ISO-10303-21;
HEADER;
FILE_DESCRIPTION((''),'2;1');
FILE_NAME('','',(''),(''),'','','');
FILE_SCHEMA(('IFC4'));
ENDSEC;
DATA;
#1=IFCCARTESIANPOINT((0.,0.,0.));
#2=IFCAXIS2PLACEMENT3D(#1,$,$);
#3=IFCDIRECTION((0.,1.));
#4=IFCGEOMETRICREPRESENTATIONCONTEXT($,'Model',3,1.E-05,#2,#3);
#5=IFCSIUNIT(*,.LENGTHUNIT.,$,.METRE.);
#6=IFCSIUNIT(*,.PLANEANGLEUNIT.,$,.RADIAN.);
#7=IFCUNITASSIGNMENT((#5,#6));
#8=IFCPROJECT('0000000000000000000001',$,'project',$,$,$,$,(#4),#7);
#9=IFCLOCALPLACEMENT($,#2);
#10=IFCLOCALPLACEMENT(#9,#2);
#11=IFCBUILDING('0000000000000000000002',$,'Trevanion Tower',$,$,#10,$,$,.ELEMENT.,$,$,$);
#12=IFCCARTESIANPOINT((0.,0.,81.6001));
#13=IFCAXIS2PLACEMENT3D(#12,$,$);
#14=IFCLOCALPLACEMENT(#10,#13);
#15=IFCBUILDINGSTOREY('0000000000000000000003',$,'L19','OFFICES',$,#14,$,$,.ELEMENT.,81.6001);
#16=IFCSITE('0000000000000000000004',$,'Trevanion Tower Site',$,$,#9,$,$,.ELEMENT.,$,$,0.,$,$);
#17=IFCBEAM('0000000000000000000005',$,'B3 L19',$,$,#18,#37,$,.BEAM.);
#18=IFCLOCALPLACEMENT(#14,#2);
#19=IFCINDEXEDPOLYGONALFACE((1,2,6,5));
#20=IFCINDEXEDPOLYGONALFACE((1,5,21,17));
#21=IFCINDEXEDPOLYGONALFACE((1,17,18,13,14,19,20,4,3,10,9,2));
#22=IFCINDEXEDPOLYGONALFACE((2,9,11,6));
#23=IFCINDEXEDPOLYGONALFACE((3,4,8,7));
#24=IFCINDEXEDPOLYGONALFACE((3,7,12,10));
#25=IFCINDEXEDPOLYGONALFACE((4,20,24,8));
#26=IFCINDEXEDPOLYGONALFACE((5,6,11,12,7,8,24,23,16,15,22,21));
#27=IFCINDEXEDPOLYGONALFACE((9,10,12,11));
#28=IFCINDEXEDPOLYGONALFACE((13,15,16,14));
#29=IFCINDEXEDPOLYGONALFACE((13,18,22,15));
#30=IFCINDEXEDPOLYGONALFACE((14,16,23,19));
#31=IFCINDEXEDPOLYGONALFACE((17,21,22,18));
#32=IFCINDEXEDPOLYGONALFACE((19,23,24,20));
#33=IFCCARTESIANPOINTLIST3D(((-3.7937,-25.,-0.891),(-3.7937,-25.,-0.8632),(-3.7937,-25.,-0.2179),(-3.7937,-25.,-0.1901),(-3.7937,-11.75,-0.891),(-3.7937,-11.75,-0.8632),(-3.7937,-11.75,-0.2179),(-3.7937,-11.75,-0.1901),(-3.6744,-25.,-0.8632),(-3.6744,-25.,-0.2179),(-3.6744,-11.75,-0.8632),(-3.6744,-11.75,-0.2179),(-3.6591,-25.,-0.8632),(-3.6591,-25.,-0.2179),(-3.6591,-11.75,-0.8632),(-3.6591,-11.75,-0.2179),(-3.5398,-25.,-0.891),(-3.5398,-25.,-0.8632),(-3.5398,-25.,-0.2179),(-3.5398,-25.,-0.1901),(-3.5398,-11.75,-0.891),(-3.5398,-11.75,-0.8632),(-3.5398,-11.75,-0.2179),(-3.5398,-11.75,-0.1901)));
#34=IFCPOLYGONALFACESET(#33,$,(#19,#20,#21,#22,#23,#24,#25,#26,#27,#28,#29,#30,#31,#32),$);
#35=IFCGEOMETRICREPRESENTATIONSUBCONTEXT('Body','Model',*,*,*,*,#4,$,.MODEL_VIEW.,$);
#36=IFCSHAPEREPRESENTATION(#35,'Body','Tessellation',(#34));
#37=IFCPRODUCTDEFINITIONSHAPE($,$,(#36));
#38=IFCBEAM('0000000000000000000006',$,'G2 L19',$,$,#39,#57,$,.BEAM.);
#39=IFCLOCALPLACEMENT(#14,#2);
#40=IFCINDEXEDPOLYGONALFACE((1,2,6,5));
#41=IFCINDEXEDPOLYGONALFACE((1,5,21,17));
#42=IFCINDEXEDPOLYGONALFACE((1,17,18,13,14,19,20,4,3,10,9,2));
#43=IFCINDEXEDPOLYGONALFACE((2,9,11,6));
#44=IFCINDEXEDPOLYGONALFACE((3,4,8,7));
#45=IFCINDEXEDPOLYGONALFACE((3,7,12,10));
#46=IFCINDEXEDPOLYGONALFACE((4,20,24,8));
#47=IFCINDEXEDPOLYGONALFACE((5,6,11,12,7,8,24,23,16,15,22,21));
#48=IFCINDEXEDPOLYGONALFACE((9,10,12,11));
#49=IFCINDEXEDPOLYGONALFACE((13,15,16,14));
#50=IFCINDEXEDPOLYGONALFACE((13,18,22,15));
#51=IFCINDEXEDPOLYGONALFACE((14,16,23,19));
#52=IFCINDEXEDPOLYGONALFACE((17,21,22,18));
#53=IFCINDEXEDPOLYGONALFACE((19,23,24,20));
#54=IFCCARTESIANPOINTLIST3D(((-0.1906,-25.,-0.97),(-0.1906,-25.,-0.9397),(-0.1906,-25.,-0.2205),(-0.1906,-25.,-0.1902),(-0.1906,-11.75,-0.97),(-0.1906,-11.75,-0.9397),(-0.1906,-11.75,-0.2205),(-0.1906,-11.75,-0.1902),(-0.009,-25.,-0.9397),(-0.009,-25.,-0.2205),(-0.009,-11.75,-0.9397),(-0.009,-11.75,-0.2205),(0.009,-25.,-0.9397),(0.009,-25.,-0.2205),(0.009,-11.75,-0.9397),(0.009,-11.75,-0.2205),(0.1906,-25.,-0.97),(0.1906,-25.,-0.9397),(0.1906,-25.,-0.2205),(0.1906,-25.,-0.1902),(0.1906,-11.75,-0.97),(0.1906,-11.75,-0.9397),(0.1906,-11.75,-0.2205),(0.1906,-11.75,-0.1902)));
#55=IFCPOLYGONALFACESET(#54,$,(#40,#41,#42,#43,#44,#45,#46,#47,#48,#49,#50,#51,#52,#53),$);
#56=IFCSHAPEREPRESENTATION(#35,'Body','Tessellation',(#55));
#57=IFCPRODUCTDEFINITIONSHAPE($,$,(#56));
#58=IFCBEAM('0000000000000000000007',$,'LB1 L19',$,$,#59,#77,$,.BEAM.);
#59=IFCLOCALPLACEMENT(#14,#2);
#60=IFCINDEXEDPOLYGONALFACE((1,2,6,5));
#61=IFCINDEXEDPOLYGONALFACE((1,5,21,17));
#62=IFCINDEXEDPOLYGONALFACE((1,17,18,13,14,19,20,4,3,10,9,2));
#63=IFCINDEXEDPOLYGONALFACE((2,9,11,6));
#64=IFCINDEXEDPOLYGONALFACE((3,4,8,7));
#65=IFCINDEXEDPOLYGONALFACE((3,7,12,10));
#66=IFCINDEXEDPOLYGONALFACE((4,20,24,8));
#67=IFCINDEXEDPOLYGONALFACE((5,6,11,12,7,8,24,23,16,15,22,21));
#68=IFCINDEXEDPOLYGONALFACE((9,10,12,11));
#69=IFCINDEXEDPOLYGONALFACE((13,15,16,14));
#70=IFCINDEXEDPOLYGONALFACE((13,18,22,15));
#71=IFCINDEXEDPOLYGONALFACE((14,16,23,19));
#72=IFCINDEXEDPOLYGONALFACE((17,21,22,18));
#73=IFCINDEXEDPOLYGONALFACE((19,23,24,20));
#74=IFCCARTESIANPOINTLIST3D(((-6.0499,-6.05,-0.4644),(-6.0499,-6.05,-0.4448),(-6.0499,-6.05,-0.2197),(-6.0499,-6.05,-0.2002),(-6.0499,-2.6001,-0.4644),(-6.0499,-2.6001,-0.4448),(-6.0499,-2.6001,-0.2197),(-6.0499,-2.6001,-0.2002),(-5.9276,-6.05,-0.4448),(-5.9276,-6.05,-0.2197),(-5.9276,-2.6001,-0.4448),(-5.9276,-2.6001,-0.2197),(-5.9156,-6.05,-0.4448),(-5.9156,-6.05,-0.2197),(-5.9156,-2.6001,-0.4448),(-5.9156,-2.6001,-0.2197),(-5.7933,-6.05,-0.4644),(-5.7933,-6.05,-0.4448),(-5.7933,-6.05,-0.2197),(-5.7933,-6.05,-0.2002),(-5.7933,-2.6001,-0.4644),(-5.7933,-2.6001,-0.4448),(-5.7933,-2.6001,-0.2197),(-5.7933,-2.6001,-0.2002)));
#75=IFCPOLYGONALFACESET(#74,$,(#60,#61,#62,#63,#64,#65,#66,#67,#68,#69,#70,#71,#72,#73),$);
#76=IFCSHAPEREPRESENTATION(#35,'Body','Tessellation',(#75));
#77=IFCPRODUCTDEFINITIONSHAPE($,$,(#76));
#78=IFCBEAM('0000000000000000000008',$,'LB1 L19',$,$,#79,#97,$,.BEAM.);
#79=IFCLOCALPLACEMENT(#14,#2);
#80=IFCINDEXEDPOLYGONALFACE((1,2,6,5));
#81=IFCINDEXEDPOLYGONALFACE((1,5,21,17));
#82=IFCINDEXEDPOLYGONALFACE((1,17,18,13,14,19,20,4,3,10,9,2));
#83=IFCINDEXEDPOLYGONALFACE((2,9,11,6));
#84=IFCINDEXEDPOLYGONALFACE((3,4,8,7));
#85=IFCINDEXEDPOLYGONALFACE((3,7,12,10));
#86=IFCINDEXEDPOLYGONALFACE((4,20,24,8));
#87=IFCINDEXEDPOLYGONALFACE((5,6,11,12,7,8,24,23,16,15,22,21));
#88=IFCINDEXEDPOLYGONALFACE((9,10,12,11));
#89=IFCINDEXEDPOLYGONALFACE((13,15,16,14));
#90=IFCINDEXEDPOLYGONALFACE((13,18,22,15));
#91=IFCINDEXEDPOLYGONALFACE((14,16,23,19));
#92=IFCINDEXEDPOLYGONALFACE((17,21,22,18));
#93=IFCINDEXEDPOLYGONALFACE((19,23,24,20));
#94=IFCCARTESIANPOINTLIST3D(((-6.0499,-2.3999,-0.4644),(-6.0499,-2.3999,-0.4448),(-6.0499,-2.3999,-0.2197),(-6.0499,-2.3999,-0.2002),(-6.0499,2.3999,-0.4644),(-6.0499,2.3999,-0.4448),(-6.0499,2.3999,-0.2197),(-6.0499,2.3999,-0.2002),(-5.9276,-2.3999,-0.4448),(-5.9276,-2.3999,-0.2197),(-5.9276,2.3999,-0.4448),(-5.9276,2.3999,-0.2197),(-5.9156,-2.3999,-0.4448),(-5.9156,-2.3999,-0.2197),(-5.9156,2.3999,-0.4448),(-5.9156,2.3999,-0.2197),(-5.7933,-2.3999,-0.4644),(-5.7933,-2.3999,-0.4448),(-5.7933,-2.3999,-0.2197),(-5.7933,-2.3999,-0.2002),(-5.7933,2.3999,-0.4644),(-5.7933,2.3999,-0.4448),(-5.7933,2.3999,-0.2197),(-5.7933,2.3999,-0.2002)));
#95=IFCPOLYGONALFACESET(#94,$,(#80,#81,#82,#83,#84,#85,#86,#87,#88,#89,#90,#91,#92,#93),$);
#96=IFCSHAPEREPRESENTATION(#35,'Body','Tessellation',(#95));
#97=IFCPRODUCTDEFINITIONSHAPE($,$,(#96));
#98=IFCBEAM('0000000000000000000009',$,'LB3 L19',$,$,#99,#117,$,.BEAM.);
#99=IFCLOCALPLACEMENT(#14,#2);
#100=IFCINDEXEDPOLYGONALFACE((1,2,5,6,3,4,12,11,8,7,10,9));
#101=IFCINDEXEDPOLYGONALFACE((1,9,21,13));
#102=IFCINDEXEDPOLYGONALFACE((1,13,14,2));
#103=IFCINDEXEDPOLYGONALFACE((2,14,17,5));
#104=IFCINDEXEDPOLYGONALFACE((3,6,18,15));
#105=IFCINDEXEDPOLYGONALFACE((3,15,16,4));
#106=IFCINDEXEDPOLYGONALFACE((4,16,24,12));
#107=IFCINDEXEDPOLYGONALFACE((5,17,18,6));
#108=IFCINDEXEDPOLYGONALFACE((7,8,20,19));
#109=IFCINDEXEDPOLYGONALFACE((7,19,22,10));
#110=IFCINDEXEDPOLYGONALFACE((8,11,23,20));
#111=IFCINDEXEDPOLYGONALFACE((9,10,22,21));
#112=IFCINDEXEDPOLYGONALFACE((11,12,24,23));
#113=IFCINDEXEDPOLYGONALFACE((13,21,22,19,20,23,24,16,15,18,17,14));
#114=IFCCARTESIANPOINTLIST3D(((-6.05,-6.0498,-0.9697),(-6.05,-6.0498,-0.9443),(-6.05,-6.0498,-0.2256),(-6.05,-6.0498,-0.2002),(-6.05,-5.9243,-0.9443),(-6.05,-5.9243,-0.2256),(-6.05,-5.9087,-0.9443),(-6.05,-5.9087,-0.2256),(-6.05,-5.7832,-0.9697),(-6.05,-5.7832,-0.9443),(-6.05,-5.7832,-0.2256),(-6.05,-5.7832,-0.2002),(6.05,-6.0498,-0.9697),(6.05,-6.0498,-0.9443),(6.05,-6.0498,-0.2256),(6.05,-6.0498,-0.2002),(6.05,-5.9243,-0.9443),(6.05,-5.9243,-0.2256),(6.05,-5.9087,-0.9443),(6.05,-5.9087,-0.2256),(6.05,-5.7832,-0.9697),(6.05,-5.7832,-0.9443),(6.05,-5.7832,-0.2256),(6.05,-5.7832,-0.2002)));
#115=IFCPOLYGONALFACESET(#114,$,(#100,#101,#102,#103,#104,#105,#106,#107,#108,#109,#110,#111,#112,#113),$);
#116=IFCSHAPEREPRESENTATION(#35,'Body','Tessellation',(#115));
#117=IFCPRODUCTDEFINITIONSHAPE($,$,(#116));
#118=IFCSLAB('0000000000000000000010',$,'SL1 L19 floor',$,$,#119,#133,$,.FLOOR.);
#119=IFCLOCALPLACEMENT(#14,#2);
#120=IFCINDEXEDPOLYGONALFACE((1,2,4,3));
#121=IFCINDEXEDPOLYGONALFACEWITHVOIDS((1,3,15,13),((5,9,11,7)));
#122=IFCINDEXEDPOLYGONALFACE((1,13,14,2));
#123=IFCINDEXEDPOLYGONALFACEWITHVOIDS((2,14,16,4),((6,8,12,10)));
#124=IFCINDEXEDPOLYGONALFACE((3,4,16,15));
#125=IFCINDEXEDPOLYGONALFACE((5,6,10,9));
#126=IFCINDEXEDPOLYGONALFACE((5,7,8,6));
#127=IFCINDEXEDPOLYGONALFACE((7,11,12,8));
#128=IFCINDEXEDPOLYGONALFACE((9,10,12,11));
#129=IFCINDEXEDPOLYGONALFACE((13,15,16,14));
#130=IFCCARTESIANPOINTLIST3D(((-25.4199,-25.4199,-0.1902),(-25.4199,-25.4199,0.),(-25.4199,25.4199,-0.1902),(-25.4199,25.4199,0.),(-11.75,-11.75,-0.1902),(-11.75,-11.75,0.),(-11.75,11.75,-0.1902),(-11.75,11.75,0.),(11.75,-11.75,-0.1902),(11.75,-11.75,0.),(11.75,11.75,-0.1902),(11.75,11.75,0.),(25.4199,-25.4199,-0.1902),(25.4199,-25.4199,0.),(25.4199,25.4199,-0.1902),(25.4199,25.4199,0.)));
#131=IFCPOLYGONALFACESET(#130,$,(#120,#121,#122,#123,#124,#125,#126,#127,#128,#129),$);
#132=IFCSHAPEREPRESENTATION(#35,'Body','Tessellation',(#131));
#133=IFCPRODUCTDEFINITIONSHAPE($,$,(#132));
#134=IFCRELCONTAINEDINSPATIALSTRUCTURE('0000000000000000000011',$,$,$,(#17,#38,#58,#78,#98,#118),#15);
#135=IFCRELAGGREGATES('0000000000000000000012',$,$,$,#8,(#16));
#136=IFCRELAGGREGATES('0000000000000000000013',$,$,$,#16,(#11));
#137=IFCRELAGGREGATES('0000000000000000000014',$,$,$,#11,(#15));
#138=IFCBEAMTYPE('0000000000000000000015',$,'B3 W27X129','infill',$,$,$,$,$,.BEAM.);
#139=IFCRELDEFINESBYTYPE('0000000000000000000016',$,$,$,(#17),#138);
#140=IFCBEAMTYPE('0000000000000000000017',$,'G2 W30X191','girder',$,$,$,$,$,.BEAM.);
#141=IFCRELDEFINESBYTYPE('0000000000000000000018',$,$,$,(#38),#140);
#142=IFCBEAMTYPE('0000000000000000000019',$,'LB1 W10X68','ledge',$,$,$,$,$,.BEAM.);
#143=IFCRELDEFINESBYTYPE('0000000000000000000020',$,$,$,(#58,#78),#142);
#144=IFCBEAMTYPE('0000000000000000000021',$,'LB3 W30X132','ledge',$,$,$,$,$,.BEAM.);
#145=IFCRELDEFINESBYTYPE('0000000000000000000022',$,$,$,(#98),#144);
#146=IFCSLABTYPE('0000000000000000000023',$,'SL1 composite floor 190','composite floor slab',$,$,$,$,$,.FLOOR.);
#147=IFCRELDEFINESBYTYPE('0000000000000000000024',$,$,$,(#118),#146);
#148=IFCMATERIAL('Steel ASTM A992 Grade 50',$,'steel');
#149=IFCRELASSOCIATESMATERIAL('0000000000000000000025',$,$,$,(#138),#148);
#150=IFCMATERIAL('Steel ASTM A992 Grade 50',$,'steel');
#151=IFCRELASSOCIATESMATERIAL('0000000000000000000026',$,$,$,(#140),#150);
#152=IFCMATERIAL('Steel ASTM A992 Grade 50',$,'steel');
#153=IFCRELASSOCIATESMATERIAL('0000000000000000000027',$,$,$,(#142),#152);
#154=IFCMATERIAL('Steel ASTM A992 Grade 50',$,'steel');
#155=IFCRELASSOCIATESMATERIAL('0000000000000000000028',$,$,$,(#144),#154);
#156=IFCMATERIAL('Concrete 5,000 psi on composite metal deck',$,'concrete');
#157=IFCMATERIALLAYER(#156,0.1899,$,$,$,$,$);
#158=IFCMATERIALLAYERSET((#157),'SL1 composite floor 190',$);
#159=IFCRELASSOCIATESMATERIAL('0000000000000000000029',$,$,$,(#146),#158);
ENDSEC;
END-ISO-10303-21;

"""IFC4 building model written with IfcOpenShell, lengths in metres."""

from ifc_helpers import new_model, si_unit, direction, frame, origin, origin_2d, place, context, subcontext, project, spatial, polyline, i_section, outline, extrude, material, layer, layer_set, material_profile, profile_set, type_object, element, save


model = new_model("IFC4")

# Units and contexts
model_context = context("Model", 3, precision=1e-05, world=origin(), true_north=direction((0.0, 1.0)))
body_context = subcontext(model_context, "Body", "Model", "MODEL_VIEW")
ifc_project = project(units=[si_unit("LENGTHUNIT", "METRE"), si_unit("PLANEANGLEUNIT", "RADIAN")], contexts=[model_context])

# Site, building, storey
site_placement = place(None, origin())
site = spatial("IfcSite", under=ifc_project, at=site_placement, Name="Trevanion Tower Site", CompositionType="ELEMENT", RefElevation=0.0)
building_placement = place(site_placement, origin())
building = spatial("IfcBuilding", under=site, at=building_placement, Name="Trevanion Tower", CompositionType="ELEMENT")
storey_placement = place(building_placement, frame((0.0, 0.0, 81.6001)))
storey = spatial("IfcBuildingStorey", under=building, at=storey_placement, Name="L19", Description="OFFICES", CompositionType="ELEMENT", Elevation=81.6001)

# Beams
ifc_material_1 = material(Name="Steel ASTM A992 Grade 50", Category="steel")
ifc_material_profile_1 = material_profile(ifc_material_1, i_section(OverallWidth=0.2539, OverallDepth=0.7009, WebThickness=0.0154, FlangeThickness=0.0278, at=origin_2d()), Name="W27X129")
ifc_profile_set_1 = profile_set([ifc_material_profile_1], Name="Steel ASTM A992 Grade 50")
beam_type_1 = type_object("IfcBeamType", Name="B3 W27X129", Description="infill", PredefinedType="BEAM", material=ifc_profile_set_1)
beam_1_placement = place(storey_placement, frame((-3.6667, -11.75, -0.5405), z_axis=(0.0, -1.0, 0.0), x_axis=(1.0, 0.0, 0.0)))
element("IfcBeam", 1, at=beam_1_placement, inside=storey, type_object=beam_type_1, Name="B3 L19", PredefinedType="BEAM", context=body_context, shape_type="SweptSolid", body=[
    extrude(i_section(OverallWidth=0.2539, OverallDepth=0.7009, WebThickness=0.0154, FlangeThickness=0.0278, at=origin_2d()), origin(), (0.0, 0.0, 1.0), 13.25),
])
ifc_material_2 = material(Name="Steel ASTM A992 Grade 50", Category="steel")
ifc_material_profile_2 = material_profile(ifc_material_2, i_section(OverallWidth=0.3811, OverallDepth=0.7798, WebThickness=0.0181, FlangeThickness=0.0303, at=origin_2d()), Name="W30X191")
ifc_profile_set_2 = profile_set([ifc_material_profile_2], Name="Steel ASTM A992 Grade 50")
beam_type_2 = type_object("IfcBeamType", Name="G2 W30X191", Description="girder", PredefinedType="BEAM", material=ifc_profile_set_2)
beam_2_placement = place(storey_placement, frame((0.0, -11.75, -0.5801), z_axis=(0.0, -1.0, 0.0), x_axis=(1.0, 0.0, 0.0)))
element("IfcBeam", 2, at=beam_2_placement, inside=storey, type_object=beam_type_2, Name="G2 L19", PredefinedType="BEAM", context=body_context, shape_type="SweptSolid", body=[
    extrude(i_section(OverallWidth=0.3811, OverallDepth=0.7798, WebThickness=0.0181, FlangeThickness=0.0303, at=origin_2d()), origin(), (0.0, 0.0, 1.0), 13.25),
])
ifc_material_3 = material(Name="Steel ASTM A992 Grade 50", Category="steel")
ifc_material_profile_3 = material_profile(ifc_material_3, i_section(OverallWidth=0.2566, OverallDepth=0.2642, WebThickness=0.012, FlangeThickness=0.0195, at=origin_2d()), Name="W10X68")
ifc_profile_set_3 = profile_set([ifc_material_profile_3], Name="Steel ASTM A992 Grade 50")
beam_type_3 = type_object("IfcBeamType", Name="LB1 W10X68", Description="ledge", PredefinedType="BEAM", material=ifc_profile_set_3)
beam_3_placement = place(storey_placement, frame((-5.9216, -6.05, -0.3323), z_axis=(0.0, 1.0, 0.0), x_axis=(-1.0, 0.0, 0.0)))
element("IfcBeam", 3, at=beam_3_placement, inside=storey, type_object=beam_type_3, Name="LB1 L19", PredefinedType="BEAM", context=body_context, shape_type="SweptSolid", body=[
    extrude(i_section(OverallWidth=0.2566, OverallDepth=0.2642, WebThickness=0.012, FlangeThickness=0.0195, at=origin_2d()), origin(), (0.0, 0.0, 1.0), 3.45),
])
beam_4_placement = place(storey_placement, frame((-5.9216, -2.3999, -0.3323), z_axis=(0.0, 1.0, 0.0), x_axis=(-1.0, 0.0, 0.0)))
element("IfcBeam", 4, at=beam_4_placement, inside=storey, type_object=beam_type_3, Name="LB1 L19", PredefinedType="BEAM", context=body_context, shape_type="SweptSolid", body=[
    extrude(i_section(OverallWidth=0.2566, OverallDepth=0.2642, WebThickness=0.012, FlangeThickness=0.0195, at=origin_2d()), origin(), (0.0, 0.0, 1.0), 4.7998),
])
ifc_material_4 = material(Name="Steel ASTM A992 Grade 50", Category="steel")
ifc_material_profile_4 = material_profile(ifc_material_4, i_section(OverallWidth=0.2666, OverallDepth=0.7695, WebThickness=0.0156, FlangeThickness=0.0254, at=origin_2d()), Name="W30X132")
ifc_profile_set_4 = profile_set([ifc_material_profile_4], Name="Steel ASTM A992 Grade 50")
beam_type_4 = type_object("IfcBeamType", Name="LB3 W30X132", Description="ledge", PredefinedType="BEAM", material=ifc_profile_set_4)
beam_5_placement = place(storey_placement, frame((-6.05, -5.9165, -0.585), z_axis=(1.0, 0.0, 0.0), x_axis=(0.0, 1.0, 0.0)))
element("IfcBeam", 5, at=beam_5_placement, inside=storey, type_object=beam_type_4, Name="LB3 L19", PredefinedType="BEAM", context=body_context, shape_type="SweptSolid", body=[
    extrude(i_section(OverallWidth=0.2666, OverallDepth=0.7695, WebThickness=0.0156, FlangeThickness=0.0254, at=origin_2d()), origin(), (0.0, 0.0, 1.0), 12.1001),
])

# Slab
ifc_material_5 = material(Name="Concrete 5,000 psi on composite metal deck", Category="concrete")
ifc_layer_1 = layer(ifc_material_5, 0.1899)
ifc_layer_set_1 = layer_set([ifc_layer_1], Name="SL1 composite floor 190")
slab_type = type_object("IfcSlabType", Name="SL1 composite floor 190", Description="composite floor slab", PredefinedType="FLOOR", material=ifc_layer_set_1)
slab_placement = place(storey_placement, frame((0.0, 0.0, -0.1902)))
element("IfcSlab", 6, at=slab_placement, inside=storey, type_object=slab_type, Name="SL1 L19 floor", PredefinedType="FLOOR", context=body_context, shape_type="SweptSolid", body=[
    extrude(outline(polyline([(25.4199, -25.4199), (25.4199, 25.4199), (-25.4199, 25.4199), (-25.4199, -25.4199), (25.4199, -25.4199)]), holes=[polyline([(11.75, -11.75), (11.75, 11.75), (-11.75, 11.75), (-11.75, -11.75), (11.75, -11.75)])]), origin(), (0.0, 0.0, 1.0), 0.1902),
])

save(model, "model.ifc")
